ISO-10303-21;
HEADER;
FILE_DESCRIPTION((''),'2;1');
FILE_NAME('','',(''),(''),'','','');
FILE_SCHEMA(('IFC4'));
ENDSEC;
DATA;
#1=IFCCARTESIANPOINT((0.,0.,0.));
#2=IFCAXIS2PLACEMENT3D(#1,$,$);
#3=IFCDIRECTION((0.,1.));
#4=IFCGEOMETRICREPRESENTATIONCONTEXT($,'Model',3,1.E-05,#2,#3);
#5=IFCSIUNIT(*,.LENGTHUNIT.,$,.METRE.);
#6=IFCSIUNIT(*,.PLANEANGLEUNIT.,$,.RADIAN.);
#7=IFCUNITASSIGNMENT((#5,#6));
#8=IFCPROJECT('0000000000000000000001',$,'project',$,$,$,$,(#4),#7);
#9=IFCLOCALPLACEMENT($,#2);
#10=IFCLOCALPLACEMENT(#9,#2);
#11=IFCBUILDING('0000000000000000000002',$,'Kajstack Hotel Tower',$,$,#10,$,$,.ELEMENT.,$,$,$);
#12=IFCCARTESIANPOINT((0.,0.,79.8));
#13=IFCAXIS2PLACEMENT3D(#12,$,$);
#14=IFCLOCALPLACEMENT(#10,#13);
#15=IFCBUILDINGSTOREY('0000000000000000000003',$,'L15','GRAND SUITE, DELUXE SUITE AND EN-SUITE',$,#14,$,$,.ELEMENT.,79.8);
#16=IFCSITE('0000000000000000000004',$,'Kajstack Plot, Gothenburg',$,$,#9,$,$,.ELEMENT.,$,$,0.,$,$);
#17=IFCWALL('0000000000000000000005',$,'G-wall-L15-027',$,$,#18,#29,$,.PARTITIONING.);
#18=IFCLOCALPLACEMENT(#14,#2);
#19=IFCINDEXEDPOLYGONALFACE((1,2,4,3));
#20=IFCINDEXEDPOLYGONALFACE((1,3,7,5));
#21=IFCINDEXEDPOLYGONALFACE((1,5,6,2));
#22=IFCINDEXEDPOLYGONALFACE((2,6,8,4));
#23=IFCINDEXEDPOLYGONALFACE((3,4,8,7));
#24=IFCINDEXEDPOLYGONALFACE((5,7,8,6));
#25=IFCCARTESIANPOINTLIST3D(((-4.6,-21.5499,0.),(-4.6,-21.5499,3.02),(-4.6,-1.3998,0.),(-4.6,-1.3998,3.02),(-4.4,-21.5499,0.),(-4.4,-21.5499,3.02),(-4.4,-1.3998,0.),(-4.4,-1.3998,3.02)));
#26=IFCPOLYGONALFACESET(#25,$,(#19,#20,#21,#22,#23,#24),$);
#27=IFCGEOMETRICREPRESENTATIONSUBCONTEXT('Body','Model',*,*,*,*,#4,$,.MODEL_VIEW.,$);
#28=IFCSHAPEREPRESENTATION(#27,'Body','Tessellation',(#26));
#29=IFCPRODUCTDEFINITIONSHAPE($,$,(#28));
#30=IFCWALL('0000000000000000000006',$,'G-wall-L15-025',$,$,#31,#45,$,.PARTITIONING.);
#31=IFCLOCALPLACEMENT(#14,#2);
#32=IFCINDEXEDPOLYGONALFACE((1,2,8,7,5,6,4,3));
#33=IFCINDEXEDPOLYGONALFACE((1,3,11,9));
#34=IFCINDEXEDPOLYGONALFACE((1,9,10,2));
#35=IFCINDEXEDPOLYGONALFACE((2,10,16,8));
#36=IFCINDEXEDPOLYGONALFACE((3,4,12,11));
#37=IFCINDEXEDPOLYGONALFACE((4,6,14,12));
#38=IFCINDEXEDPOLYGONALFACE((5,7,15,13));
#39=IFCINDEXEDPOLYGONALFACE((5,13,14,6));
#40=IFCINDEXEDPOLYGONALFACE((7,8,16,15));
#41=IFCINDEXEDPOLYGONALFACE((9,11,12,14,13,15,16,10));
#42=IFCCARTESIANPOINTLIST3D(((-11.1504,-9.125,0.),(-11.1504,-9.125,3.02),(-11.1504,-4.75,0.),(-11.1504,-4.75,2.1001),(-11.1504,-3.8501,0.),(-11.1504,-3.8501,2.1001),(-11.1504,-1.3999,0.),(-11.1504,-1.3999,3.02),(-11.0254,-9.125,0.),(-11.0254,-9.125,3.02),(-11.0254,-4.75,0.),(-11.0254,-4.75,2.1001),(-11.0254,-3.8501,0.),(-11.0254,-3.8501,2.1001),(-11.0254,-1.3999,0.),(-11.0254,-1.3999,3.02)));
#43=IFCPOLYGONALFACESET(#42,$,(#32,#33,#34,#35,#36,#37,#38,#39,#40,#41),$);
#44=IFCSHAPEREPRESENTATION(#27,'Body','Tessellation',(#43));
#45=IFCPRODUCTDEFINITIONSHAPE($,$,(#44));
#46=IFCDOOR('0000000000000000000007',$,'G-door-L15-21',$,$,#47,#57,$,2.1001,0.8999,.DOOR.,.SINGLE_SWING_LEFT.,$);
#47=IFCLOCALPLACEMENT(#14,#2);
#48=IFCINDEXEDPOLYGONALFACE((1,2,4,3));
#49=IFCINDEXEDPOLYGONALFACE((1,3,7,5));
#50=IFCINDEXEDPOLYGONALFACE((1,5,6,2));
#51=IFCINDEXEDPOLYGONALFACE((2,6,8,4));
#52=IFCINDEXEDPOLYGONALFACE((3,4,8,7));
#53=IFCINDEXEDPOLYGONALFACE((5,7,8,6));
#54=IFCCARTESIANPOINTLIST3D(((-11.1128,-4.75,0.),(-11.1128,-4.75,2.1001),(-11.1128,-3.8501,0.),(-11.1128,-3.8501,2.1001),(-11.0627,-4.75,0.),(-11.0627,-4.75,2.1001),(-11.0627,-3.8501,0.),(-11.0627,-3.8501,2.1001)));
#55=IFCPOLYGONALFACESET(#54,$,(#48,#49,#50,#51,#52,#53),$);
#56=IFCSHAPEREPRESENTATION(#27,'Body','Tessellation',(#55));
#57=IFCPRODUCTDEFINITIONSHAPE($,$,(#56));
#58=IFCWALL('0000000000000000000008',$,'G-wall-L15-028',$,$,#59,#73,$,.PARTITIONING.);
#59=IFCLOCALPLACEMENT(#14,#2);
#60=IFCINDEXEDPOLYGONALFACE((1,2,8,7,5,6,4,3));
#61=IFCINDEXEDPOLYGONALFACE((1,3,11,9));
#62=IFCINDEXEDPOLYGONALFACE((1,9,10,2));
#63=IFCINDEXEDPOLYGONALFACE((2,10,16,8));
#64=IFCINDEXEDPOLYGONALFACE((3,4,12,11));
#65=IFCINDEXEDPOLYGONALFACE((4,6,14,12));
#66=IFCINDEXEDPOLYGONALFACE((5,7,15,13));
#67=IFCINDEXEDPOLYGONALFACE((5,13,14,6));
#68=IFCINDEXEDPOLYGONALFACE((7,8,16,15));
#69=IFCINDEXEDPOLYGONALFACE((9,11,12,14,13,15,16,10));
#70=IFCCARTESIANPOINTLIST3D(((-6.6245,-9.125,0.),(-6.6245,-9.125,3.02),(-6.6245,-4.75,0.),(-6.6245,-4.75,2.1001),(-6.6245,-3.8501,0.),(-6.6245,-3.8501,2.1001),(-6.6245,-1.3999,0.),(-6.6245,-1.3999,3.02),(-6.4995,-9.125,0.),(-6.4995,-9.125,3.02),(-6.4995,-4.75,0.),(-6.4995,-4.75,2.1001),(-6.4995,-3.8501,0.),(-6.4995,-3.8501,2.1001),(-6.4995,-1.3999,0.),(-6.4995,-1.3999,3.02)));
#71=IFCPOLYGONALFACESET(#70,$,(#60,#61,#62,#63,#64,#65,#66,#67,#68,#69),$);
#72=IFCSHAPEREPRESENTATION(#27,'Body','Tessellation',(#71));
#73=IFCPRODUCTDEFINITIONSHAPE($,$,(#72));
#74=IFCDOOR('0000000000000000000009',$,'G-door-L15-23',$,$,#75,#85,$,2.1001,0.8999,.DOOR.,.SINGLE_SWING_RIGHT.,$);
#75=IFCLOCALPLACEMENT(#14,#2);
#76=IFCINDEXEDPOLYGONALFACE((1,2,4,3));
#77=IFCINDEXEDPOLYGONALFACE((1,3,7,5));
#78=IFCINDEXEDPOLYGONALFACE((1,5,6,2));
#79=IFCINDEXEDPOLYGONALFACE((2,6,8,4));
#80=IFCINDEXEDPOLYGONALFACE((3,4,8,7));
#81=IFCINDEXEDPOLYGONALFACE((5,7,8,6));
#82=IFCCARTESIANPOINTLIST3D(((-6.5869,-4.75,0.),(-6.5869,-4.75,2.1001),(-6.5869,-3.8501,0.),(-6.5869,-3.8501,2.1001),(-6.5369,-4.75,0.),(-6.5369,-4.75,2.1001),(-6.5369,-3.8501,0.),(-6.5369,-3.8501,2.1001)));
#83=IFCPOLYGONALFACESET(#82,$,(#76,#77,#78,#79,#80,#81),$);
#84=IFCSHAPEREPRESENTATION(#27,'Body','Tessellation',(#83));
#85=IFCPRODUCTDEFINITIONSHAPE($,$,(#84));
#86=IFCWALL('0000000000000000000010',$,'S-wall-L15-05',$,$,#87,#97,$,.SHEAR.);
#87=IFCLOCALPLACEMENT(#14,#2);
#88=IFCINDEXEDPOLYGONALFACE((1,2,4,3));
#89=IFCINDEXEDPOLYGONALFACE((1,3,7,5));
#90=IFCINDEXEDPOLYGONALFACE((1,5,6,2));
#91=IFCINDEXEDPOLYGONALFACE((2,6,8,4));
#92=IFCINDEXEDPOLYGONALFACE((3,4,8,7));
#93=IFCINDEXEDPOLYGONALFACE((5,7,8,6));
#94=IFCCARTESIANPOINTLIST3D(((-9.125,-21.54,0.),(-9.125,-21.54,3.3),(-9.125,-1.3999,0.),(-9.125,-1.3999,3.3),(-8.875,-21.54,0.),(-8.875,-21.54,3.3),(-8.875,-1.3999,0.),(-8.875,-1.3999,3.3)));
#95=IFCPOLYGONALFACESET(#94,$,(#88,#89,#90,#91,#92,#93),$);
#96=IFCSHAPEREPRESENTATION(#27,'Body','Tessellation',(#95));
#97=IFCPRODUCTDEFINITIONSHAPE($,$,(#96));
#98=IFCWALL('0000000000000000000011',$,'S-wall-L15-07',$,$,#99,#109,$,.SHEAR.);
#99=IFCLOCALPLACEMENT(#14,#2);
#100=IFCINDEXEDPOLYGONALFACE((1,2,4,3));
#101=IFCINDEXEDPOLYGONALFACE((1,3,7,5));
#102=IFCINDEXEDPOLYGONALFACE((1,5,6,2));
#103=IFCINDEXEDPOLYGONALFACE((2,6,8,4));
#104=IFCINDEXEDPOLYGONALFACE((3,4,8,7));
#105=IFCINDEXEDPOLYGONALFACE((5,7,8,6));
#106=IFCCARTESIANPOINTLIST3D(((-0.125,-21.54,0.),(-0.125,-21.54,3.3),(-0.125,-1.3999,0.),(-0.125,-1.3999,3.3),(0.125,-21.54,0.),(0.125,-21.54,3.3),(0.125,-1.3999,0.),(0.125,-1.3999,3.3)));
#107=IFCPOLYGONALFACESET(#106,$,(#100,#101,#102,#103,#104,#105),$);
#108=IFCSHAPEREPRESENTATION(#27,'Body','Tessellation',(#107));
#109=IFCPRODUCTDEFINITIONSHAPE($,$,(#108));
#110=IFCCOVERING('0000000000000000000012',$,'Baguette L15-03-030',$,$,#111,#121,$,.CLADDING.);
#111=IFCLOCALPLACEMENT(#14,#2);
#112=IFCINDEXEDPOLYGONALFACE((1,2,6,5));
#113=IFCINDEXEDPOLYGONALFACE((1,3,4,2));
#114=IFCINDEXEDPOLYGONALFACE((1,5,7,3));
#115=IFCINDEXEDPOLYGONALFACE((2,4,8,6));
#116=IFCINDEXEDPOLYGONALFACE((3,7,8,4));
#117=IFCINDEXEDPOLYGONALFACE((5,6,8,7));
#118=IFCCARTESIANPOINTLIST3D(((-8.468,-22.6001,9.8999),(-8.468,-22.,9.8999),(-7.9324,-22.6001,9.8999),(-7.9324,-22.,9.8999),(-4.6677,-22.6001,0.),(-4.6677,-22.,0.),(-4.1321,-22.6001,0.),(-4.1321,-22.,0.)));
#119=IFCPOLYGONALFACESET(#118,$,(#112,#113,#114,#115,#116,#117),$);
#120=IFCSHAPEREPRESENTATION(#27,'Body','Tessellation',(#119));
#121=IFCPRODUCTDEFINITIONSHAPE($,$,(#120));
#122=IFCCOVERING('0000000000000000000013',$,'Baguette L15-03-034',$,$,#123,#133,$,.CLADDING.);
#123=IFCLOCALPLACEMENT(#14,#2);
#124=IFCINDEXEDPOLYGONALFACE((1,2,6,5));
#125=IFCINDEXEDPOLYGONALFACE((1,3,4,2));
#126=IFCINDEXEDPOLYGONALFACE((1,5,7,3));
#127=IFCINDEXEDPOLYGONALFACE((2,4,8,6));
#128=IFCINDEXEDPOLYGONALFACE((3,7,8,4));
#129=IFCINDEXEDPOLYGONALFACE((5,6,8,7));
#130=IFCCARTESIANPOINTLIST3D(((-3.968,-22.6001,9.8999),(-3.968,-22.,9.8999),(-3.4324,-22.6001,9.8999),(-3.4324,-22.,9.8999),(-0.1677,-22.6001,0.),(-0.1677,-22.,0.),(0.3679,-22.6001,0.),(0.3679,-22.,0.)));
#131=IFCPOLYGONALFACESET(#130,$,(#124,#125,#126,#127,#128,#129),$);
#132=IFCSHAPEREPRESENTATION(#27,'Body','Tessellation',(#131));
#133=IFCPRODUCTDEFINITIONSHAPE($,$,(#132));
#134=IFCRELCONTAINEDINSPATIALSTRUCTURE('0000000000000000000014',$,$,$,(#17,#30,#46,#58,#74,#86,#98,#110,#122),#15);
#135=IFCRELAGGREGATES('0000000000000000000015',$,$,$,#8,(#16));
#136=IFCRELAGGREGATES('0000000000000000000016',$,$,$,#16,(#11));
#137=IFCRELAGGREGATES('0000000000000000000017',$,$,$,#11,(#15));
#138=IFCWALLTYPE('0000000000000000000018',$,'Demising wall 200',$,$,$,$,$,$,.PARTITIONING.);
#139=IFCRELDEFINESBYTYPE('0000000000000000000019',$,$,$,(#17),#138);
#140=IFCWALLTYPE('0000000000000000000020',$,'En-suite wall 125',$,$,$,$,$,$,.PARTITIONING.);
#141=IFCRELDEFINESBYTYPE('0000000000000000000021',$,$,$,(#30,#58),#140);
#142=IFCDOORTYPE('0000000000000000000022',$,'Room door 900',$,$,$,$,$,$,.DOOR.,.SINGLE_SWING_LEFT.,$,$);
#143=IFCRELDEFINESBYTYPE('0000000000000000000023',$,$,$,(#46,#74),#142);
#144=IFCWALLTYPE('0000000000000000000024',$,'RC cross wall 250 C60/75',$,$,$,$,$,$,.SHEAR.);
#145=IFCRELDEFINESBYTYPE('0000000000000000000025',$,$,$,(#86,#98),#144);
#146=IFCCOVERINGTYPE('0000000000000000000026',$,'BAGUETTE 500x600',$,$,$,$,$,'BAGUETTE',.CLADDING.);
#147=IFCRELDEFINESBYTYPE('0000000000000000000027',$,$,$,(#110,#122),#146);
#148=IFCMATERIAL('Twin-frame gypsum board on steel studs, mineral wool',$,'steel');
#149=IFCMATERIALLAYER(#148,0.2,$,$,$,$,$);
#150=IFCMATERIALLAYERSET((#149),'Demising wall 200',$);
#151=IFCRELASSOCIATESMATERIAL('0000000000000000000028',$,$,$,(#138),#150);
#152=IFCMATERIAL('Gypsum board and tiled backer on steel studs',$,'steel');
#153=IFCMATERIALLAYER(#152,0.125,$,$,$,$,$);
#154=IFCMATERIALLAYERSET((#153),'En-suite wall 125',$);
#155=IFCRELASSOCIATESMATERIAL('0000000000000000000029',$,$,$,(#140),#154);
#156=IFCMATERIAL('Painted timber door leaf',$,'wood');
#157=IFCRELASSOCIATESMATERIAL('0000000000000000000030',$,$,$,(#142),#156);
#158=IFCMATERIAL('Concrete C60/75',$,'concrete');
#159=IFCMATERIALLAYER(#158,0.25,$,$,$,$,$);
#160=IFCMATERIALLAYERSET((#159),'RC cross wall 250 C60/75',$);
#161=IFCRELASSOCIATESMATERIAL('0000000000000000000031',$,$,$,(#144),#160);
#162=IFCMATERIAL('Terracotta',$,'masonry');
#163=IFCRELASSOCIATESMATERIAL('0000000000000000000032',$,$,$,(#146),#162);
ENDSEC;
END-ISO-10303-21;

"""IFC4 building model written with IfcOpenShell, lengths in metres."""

from ifc_helpers import new_model, si_unit, direction, frame, frame_2d, origin, origin_2d, place, context, subcontext, project, spatial, polyline, rectangle, outline, extrude, material, layer, layer_set, material_profile, profile_set, type_object, element, fill, save


model = new_model("IFC4")

# Units and contexts
model_context = context("Model", 3, precision=1e-05, world=origin(), true_north=direction((0.0, 1.0)))
body_context = subcontext(model_context, "Body", "Model", "MODEL_VIEW")
ifc_project = project(units=[si_unit("LENGTHUNIT", "METRE"), si_unit("PLANEANGLEUNIT", "RADIAN")], contexts=[model_context])

# Site, building, storey
site_placement = place(None, origin())
site = spatial("IfcSite", under=ifc_project, at=site_placement, Name="Kajstack Plot, Gothenburg", CompositionType="ELEMENT", RefElevation=0.0)
building_placement = place(site_placement, origin())
building = spatial("IfcBuilding", under=site, at=building_placement, Name="Kajstack Hotel Tower", CompositionType="ELEMENT")
storey_placement = place(building_placement, frame((0.0, 0.0, 79.8)))
storey = spatial("IfcBuildingStorey", under=building, at=storey_placement, Name="L15", Description="GRAND SUITE, DELUXE SUITE AND EN-SUITE", CompositionType="ELEMENT", Elevation=79.8)

# Wall
ifc_material_1 = material(Name="Twin-frame gypsum board on steel studs, mineral wool", Category="steel")
ifc_layer_1 = layer(ifc_material_1, 0.2)
ifc_layer_set_1 = layer_set([ifc_layer_1], Name="Demising wall 200")
wall_type_1 = type_object("IfcWallType", Name="Demising wall 200", PredefinedType="PARTITIONING", material=ifc_layer_set_1)
wall_1_placement = place(storey_placement, frame((-4.5, -21.55, 0.0), z_axis=(0.0, 0.0, 1.0), x_axis=(0.0, 1.0, 0.0)))
element("IfcWall", 1, at=wall_1_placement, inside=storey, type_object=wall_type_1, Name="G-wall-L15-027", PredefinedType="PARTITIONING", context=body_context, shape_type="SweptSolid", body=[
    extrude(rectangle(XDim=20.1501, YDim=0.2, at=frame_2d((10.0752, 0.0))), origin(), (0.0, 0.0, 1.0), 3.02),
])

# Walls, openings, doors
ifc_material_2 = material(Name="Gypsum board and tiled backer on steel studs", Category="steel")
ifc_layer_2 = layer(ifc_material_2, 0.125)
ifc_layer_set_2 = layer_set([ifc_layer_2], Name="En-suite wall 125")
wall_type_2 = type_object("IfcWallType", Name="En-suite wall 125", PredefinedType="PARTITIONING", material=ifc_layer_set_2)
wall_2_placement = place(storey_placement, frame((-11.0879, -9.125, 0.0), z_axis=(0.0, 0.0, 1.0), x_axis=(0.0, 1.0, 0.0)))
wall_2 = element("IfcWall", 2, at=wall_2_placement, inside=storey, type_object=wall_type_2, Name="G-wall-L15-025", PredefinedType="PARTITIONING", context=body_context, shape_type="SweptSolid", body=[
    extrude(rectangle(XDim=7.7251, YDim=0.125, at=frame_2d((3.8625, 0.0))), origin(), (0.0, 0.0, 1.0), 3.02),
])
opening_1_placement = place(wall_2_placement, frame((4.375, 0.0, 0.0)))
opening_1 = element("IfcOpeningElement", 3, at=opening_1_placement, cuts=wall_2, PredefinedType="OPENING", context=body_context, shape_type="SweptSolid", body=[
    extrude(rectangle(XDim=0.8999, YDim=2.1001, at=frame_2d((0.45, 1.05))), frame((0.0, 0.0725, 0.0), z_axis=(0.0, -1.0, 0.0), x_axis=(1.0, 0.0, 0.0)), (0.0, 0.0, 1.0), 0.145),
])
ifc_material_3 = material(Name="Painted timber door leaf", Category="wood")
door_type = type_object("IfcDoorType", Name="Room door 900", OperationType="SINGLE_SWING_LEFT", PredefinedType="DOOR", material=ifc_material_3)
door_1_placement = place(opening_1_placement, origin())
door_1 = element("IfcDoor", 4, at=door_1_placement, inside=storey, type_object=door_type, Name="G-door-L15-21", OperationType="SINGLE_SWING_LEFT", OverallHeight=2.1001, OverallWidth=0.8999, PredefinedType="DOOR", context=body_context, shape_type="SweptSolid", body=[
    extrude(rectangle(XDim=0.8999, YDim=2.1001, at=frame_2d((0.45, 1.05))), frame((0.0, 0.0249, 0.0), z_axis=(0.0, -1.0, 0.0), x_axis=(1.0, 0.0, 0.0)), (0.0, 0.0, 1.0), 0.05),
])
fill(opening_1, door_1)
wall_3_placement = place(storey_placement, frame((-6.562, -9.125, 0.0), z_axis=(0.0, 0.0, 1.0), x_axis=(0.0, 1.0, 0.0)))
wall_3 = element("IfcWall", 5, at=wall_3_placement, inside=storey, type_object=wall_type_2, Name="G-wall-L15-028", PredefinedType="PARTITIONING", context=body_context, shape_type="SweptSolid", body=[
    extrude(rectangle(XDim=7.7251, YDim=0.125, at=frame_2d((3.8625, 0.0))), origin(), (0.0, 0.0, 1.0), 3.02),
])
opening_2_placement = place(wall_3_placement, frame((4.375, 0.0, 0.0)))
opening_2 = element("IfcOpeningElement", 6, at=opening_2_placement, cuts=wall_3, PredefinedType="OPENING", context=body_context, shape_type="SweptSolid", body=[
    extrude(rectangle(XDim=0.8999, YDim=2.1001, at=frame_2d((0.45, 1.05))), frame((0.0, 0.0725, 0.0), z_axis=(0.0, -1.0, 0.0), x_axis=(1.0, 0.0, 0.0)), (0.0, 0.0, 1.0), 0.145),
])
door_2_placement = place(opening_2_placement, origin())
door_2 = element("IfcDoor", 7, at=door_2_placement, inside=storey, type_object=door_type, Name="G-door-L15-23", OperationType="SINGLE_SWING_RIGHT", OverallHeight=2.1001, OverallWidth=0.8999, PredefinedType="DOOR", context=body_context, shape_type="SweptSolid", body=[
    extrude(rectangle(XDim=0.8999, YDim=2.1001, at=frame_2d((0.45, 1.05))), frame((0.0, 0.0249, 0.0), z_axis=(0.0, -1.0, 0.0), x_axis=(1.0, 0.0, 0.0)), (0.0, 0.0, 1.0), 0.05),
])
fill(opening_2, door_2)

# Walls
ifc_material_4 = material(Name="Concrete C60/75", Category="concrete")
ifc_layer_3 = layer(ifc_material_4, 0.25)
ifc_layer_set_3 = layer_set([ifc_layer_3], Name="RC cross wall 250 C60/75")
wall_type_3 = type_object("IfcWallType", Name="RC cross wall 250 C60/75", PredefinedType="SHEAR", material=ifc_layer_set_3)
for number, where, z_axis, x_axis, name in (
    (8, (-9.0, -21.54, 0.0), (0.0, 0.0, 1.0), (0.0, 1.0, 0.0), "S-wall-L15-05"),
    (9, (0.0, -21.54, 0.0), (0.0, 0.0, 1.0), (0.0, 1.0, 0.0), "S-wall-L15-07"),
):
    element("IfcWall", number, at=place(storey_placement, frame(where, z_axis=z_axis, x_axis=x_axis)), inside=storey, type_object=wall_type_3, Name=name, PredefinedType="SHEAR", context=body_context, shape_type="SweptSolid", body=[
        extrude(rectangle(XDim=20.1401, YDim=0.25, at=frame_2d((10.0701, 0.0))), origin(), (0.0, 0.0, 1.0), 3.3),
    ])

# Coverings
ifc_material_5 = material(Name="Terracotta", Category="masonry")
ifc_material_profile = material_profile(ifc_material_5, rectangle(XDim=0.6001, YDim=0.5, at=origin_2d()), Name="Terracotta-clad concrete baguette 500 x 600")
ifc_profile_set = profile_set([ifc_material_profile], Name="Terracotta")
covering_type = type_object("IfcCoveringType", Name="BAGUETTE 500x600", ElementType="BAGUETTE", PredefinedType="CLADDING", material=ifc_profile_set)
for number, where, z_axis, x_axis, name in (
    (10, (-8.468, -22.0, 0.0), (0.0, -1.0, 0.0), (1.0, 0.0, 0.0), "Baguette L15-03-030"),
    (11, (-3.968, -22.0, 0.0), (0.0, -1.0, 0.0), (1.0, 0.0, 0.0), "Baguette L15-03-034"),
):
    element("IfcCovering", number, at=place(storey_placement, frame(where, z_axis=z_axis, x_axis=x_axis)), inside=storey, type_object=covering_type, Name=name, PredefinedType="CLADDING", context=body_context, shape_type="SweptSolid", body=[
        extrude(outline(polyline([(0.0, 9.8999), (3.8003, 0.0), (4.3359, 0.0), (0.5356, 9.8999), (0.0, 9.8999)])), origin(), (0.0, 0.0, 1.0), 0.6001),
    ])

save(model, "model.ifc")
